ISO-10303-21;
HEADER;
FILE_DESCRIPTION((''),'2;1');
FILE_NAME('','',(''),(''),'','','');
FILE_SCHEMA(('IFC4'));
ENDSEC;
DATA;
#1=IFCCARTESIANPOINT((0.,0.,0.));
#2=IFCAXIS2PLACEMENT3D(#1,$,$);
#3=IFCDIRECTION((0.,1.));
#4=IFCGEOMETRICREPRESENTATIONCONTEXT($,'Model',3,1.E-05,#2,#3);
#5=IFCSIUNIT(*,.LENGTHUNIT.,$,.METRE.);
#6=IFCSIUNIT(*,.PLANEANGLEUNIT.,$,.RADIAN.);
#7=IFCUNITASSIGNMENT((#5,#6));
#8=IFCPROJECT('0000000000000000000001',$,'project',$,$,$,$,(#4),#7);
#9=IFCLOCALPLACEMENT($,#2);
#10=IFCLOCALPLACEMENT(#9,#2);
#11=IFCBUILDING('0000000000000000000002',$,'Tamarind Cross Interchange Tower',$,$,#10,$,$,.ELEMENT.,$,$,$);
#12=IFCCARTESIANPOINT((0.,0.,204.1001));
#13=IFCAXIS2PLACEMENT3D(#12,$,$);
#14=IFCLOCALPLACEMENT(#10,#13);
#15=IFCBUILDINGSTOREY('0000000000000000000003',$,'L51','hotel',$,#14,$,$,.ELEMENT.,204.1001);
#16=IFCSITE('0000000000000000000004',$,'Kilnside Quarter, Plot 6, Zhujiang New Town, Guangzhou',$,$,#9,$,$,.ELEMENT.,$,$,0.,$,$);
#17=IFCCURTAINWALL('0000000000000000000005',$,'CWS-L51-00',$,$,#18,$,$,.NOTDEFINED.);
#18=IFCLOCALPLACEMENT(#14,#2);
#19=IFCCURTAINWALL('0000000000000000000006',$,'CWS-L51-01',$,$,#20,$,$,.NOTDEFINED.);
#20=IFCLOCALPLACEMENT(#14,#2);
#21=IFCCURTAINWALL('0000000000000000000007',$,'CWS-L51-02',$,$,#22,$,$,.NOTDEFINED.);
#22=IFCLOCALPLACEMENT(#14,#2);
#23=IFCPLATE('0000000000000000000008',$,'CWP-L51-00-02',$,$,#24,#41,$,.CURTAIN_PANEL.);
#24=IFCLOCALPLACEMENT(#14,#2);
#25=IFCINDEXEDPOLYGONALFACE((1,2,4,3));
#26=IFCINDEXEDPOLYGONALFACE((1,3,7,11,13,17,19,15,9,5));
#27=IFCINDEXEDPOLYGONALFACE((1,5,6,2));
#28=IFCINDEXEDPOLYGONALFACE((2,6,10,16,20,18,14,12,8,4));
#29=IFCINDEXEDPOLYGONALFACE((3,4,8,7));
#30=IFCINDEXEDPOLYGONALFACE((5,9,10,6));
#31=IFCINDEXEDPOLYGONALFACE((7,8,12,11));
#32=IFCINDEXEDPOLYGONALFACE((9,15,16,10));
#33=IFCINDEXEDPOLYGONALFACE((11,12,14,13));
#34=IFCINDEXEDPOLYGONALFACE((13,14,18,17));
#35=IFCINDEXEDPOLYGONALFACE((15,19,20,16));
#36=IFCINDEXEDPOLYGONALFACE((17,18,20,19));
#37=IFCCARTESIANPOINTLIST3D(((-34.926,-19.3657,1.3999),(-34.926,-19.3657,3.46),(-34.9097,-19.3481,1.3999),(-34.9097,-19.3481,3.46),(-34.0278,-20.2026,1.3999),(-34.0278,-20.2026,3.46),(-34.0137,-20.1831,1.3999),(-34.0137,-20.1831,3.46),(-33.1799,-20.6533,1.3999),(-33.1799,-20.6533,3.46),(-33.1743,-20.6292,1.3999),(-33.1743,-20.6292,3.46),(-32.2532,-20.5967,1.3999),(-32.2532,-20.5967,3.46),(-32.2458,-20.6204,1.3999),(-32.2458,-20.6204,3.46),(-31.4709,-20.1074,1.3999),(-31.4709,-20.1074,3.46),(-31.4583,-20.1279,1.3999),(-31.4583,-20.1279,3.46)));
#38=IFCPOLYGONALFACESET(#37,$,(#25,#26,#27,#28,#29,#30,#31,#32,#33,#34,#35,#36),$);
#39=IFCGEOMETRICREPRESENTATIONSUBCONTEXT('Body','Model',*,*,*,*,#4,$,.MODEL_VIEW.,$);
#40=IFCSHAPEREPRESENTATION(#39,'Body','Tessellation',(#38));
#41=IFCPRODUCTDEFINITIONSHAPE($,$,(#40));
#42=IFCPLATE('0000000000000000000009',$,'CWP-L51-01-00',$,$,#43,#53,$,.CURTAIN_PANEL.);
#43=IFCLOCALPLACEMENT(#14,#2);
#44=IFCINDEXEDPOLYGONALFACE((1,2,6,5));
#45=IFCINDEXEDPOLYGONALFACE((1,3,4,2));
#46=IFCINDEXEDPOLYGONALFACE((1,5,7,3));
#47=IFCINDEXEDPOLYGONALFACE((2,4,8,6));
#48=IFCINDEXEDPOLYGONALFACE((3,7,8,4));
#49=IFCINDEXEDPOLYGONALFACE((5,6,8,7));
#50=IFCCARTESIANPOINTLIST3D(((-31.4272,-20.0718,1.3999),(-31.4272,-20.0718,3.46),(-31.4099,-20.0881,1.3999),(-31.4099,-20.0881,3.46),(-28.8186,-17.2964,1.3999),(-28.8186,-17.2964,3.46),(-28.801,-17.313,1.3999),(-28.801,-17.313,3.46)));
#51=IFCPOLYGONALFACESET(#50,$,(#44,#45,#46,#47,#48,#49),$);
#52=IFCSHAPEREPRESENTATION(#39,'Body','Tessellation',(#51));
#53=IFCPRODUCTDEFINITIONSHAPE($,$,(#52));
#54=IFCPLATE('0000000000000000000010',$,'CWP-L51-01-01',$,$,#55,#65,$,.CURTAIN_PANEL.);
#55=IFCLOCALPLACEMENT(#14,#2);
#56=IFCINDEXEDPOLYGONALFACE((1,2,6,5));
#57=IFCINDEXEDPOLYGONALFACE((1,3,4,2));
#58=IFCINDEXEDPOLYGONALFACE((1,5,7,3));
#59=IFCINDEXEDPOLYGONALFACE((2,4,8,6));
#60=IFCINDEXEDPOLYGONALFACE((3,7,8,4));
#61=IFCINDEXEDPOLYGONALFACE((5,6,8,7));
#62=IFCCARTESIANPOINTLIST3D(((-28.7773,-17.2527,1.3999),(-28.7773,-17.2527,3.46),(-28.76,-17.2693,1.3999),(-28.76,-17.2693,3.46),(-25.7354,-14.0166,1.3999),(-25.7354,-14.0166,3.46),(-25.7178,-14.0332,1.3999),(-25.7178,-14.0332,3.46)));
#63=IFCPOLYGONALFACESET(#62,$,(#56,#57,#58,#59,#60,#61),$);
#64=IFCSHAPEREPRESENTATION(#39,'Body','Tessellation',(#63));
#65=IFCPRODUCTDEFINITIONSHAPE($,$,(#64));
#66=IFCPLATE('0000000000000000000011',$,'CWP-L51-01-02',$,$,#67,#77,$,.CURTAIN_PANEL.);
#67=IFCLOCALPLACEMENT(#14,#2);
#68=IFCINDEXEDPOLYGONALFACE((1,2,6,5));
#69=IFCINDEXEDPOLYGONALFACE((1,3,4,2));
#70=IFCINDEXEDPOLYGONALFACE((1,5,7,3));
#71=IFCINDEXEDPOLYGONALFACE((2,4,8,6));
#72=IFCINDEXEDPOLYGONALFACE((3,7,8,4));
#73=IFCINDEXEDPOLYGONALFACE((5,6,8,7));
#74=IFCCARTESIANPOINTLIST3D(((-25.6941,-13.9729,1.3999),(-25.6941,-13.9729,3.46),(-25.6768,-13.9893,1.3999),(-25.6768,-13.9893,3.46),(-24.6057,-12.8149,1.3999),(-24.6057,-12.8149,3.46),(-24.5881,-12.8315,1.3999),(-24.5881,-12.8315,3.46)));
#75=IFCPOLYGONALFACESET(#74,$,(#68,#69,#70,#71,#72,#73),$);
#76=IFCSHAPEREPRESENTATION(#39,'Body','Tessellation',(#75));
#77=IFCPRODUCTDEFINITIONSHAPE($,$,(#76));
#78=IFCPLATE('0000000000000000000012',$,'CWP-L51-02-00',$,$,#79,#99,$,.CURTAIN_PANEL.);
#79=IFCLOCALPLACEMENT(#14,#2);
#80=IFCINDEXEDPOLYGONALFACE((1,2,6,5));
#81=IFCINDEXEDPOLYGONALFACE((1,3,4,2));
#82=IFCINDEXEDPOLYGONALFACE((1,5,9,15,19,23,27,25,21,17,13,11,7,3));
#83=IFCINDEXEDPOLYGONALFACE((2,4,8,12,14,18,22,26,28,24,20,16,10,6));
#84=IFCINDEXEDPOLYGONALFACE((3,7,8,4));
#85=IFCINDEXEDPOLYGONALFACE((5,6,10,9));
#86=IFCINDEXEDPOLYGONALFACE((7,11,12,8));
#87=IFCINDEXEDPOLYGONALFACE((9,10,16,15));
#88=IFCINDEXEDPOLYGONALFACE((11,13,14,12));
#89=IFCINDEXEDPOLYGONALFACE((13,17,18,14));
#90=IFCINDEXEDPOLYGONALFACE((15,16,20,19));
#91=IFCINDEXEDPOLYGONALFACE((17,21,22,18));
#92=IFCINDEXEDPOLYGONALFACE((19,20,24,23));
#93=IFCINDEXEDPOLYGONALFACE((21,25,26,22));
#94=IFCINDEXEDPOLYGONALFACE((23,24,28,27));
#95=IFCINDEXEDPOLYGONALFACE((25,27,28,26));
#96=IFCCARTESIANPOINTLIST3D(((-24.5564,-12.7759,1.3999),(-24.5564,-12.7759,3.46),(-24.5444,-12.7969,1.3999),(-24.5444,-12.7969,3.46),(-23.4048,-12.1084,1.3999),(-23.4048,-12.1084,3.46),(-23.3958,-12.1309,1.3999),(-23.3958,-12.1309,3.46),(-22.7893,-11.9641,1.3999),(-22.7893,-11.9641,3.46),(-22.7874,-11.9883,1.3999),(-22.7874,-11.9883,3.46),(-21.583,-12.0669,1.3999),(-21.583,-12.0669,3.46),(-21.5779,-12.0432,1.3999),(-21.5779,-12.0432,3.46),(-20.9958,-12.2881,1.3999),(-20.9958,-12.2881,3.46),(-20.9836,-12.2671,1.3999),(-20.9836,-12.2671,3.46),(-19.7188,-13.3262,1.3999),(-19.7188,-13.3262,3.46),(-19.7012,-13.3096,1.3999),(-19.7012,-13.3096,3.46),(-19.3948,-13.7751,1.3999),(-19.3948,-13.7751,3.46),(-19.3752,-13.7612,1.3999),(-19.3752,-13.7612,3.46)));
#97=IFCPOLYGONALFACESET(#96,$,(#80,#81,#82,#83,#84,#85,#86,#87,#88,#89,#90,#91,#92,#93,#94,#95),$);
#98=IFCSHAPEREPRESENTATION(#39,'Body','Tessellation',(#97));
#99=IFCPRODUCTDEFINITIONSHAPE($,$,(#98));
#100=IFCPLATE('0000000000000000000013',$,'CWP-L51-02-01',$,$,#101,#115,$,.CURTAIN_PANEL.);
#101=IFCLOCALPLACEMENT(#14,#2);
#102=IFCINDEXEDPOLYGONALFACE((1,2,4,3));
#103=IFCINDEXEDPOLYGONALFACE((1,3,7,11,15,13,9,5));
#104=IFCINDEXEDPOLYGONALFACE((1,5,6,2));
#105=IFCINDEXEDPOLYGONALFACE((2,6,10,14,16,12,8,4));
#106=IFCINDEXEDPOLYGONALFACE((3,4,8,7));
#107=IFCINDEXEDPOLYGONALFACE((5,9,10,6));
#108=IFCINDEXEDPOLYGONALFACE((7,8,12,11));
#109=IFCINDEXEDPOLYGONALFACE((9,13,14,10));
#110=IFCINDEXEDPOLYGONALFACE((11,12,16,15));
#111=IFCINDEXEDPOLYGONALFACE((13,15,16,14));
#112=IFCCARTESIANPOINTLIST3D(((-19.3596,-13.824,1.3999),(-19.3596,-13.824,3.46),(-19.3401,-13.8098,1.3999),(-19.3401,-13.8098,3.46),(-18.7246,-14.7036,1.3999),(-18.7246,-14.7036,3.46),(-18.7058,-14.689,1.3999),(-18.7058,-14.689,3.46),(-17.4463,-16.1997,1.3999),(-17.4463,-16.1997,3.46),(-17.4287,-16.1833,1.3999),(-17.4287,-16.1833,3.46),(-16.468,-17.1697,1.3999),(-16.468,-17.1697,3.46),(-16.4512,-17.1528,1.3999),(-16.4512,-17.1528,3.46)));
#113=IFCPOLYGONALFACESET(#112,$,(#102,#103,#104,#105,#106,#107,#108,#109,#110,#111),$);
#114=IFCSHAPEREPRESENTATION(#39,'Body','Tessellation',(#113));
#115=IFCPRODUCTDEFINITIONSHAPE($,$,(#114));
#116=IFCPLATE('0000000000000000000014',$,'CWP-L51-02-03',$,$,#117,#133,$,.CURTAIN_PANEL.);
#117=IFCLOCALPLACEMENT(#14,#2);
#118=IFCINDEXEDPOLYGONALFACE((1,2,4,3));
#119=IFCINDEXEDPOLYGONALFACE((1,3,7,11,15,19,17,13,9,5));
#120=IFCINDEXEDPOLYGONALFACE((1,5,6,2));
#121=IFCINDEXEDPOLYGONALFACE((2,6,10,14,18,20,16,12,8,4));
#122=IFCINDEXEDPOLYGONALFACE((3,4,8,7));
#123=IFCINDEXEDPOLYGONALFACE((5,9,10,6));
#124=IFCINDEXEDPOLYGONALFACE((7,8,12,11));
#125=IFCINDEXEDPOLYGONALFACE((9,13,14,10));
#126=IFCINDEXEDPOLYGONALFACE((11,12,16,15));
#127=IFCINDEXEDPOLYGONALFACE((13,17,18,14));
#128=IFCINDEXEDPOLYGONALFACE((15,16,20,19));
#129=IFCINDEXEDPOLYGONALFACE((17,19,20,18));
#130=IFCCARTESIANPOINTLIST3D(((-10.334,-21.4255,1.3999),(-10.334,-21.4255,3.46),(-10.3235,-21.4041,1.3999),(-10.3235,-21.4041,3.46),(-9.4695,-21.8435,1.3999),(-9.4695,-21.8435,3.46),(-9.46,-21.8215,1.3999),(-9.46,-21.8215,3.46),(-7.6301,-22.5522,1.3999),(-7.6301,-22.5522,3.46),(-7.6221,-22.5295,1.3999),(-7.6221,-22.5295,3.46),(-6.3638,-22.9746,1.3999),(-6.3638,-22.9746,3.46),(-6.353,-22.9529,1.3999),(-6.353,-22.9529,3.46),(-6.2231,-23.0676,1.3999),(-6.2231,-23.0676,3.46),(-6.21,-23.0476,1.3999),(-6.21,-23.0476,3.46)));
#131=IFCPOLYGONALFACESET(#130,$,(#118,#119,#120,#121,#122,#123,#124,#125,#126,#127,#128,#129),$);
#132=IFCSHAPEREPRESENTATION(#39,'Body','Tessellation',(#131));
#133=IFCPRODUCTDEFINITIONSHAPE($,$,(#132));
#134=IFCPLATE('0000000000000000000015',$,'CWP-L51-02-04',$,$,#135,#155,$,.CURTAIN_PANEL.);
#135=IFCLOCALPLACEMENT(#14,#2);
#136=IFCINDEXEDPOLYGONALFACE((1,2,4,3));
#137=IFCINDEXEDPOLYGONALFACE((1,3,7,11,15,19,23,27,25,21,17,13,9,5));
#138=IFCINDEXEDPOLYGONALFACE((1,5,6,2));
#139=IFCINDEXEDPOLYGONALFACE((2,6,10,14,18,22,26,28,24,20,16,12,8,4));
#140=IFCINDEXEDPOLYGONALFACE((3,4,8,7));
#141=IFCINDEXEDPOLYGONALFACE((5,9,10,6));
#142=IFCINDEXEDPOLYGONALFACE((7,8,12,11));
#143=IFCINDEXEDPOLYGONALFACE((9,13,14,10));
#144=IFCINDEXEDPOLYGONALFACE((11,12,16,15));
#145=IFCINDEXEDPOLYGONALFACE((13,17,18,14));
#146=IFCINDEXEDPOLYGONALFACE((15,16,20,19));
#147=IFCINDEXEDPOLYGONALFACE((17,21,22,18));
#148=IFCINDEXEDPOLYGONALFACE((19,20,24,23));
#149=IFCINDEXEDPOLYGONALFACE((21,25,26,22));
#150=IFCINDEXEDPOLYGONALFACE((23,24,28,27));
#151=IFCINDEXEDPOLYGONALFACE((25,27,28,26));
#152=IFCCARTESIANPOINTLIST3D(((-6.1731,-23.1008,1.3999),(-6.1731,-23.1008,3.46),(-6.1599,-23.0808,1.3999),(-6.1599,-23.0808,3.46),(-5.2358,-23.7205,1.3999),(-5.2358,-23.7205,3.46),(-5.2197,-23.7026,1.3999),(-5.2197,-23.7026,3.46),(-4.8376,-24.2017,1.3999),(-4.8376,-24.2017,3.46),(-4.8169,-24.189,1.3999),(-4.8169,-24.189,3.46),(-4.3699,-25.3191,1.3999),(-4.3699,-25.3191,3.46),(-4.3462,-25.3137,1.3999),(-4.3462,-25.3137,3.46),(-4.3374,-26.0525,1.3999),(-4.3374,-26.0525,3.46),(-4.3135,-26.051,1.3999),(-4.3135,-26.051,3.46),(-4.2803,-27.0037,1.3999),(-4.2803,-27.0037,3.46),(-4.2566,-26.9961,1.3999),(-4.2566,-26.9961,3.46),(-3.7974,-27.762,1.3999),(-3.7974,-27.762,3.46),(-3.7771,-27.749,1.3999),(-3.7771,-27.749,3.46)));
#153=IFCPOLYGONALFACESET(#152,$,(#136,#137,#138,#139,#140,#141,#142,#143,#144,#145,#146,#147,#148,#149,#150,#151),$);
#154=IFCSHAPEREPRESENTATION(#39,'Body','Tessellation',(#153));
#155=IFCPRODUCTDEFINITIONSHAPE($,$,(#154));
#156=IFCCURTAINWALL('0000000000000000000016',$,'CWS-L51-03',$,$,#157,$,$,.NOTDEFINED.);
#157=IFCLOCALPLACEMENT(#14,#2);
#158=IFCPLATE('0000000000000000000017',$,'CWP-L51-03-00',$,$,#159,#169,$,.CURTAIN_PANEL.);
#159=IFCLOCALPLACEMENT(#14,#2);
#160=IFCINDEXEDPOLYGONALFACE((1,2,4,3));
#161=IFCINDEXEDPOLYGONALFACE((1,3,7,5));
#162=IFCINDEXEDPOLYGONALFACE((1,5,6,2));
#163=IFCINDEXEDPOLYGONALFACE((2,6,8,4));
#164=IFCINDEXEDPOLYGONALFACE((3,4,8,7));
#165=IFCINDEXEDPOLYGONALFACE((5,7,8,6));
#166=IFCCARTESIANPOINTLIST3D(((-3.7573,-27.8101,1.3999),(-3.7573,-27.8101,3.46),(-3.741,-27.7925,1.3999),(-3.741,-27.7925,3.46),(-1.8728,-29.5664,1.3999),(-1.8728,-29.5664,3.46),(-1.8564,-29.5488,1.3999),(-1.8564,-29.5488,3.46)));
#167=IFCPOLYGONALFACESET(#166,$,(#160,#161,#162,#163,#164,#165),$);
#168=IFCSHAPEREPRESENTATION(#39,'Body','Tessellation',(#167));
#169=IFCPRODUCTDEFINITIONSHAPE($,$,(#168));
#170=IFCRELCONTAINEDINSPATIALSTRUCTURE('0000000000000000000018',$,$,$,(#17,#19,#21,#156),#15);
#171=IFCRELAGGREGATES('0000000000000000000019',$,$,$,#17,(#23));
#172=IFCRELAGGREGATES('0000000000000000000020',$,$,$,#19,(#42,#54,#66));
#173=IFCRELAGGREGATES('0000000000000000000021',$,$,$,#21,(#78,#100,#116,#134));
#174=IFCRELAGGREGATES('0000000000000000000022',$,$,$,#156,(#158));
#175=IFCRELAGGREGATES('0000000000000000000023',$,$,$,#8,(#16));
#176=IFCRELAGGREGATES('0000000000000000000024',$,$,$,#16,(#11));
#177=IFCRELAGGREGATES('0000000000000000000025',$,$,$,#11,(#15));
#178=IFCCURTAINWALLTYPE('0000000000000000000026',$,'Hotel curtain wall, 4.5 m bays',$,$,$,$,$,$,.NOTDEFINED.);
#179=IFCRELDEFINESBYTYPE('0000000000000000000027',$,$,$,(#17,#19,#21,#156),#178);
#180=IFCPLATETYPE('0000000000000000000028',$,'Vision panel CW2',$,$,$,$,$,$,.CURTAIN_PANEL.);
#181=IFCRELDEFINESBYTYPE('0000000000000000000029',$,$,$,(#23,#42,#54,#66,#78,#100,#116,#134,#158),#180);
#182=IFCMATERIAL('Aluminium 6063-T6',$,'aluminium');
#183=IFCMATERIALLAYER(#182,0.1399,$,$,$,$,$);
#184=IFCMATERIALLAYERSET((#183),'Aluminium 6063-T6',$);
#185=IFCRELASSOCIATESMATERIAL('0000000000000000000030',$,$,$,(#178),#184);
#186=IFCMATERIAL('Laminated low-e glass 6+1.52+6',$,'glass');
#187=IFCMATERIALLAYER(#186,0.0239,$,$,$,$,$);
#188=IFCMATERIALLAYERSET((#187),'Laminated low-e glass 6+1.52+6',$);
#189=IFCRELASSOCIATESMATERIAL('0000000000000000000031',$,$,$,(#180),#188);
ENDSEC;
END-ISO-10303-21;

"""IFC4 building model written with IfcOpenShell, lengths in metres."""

from ifc_helpers import new_model, si_unit, direction, frame, origin, place, context, subcontext, project, spatial, polyline, outline, extrude, material, layer, layer_set, type_object, element, aggregate, save


model = new_model("IFC4")

# Units and contexts
model_context = context("Model", 3, precision=1e-05, world=origin(), true_north=direction((0.0, 1.0)))
body_context = subcontext(model_context, "Body", "Model", "MODEL_VIEW")
ifc_project = project(units=[si_unit("LENGTHUNIT", "METRE"), si_unit("PLANEANGLEUNIT", "RADIAN")], contexts=[model_context])

# Site, building, storey
site_placement = place(None, origin())
site = spatial("IfcSite", under=ifc_project, at=site_placement, Name="Kilnside Quarter, Plot 6, Zhujiang New Town, Guangzhou", CompositionType="ELEMENT", RefElevation=0.0)
building_placement = place(site_placement, origin())
building = spatial("IfcBuilding", under=site, at=building_placement, Name="Tamarind Cross Interchange Tower", CompositionType="ELEMENT")
storey_placement = place(building_placement, frame((0.0, 0.0, 204.1001)))
storey = spatial("IfcBuildingStorey", under=building, at=storey_placement, Name="L51", Description="hotel", CompositionType="ELEMENT", Elevation=204.1001)

# Curtain walls
ifc_material_1 = material(Name="Aluminium 6063-T6", Category="aluminium")
ifc_layer_1 = layer(ifc_material_1, 0.1399)
ifc_layer_set_1 = layer_set([ifc_layer_1], Name="Aluminium 6063-T6")
curtain_wall_type = type_object("IfcCurtainWallType", Name="Hotel curtain wall, 4.5 m bays", PredefinedType="NOTDEFINED", material=ifc_layer_set_1)
curtain_wall_1_placement = place(storey_placement, origin())
curtain_wall_1 = element("IfcCurtainWall", 1, at=curtain_wall_1_placement, inside=storey, type_object=curtain_wall_type, Name="CWS-L51-00", PredefinedType="NOTDEFINED")
curtain_wall_2_placement = place(storey_placement, origin())
curtain_wall_2 = element("IfcCurtainWall", 2, at=curtain_wall_2_placement, inside=storey, type_object=curtain_wall_type, Name="CWS-L51-01", PredefinedType="NOTDEFINED")

# Curtain wall
curtain_wall_3_placement = place(storey_placement, origin())
curtain_wall_3 = element("IfcCurtainWall", 3, at=curtain_wall_3_placement, inside=storey, type_object=curtain_wall_type, Name="CWS-L51-02", PredefinedType="NOTDEFINED")

# Plates
ifc_material_2 = material(Name="Laminated low-e glass 6+1.52+6", Category="glass")
ifc_layer_2 = layer(ifc_material_2, 0.0239)
ifc_layer_set_2 = layer_set([ifc_layer_2], Name="Laminated low-e glass 6+1.52+6")
plate_type = type_object("IfcPlateType", Name="Vision panel CW2", PredefinedType="CURTAIN_PANEL", material=ifc_layer_set_2)
plate_1_placement = place(storey_placement, frame((0.0, 0.0, 1.3999)))
plate_1 = element("IfcPlate", 4, at=plate_1_placement, type_object=plate_type, Name="CWP-L51-00-02", PredefinedType="CURTAIN_PANEL", context=body_context, shape_type="SweptSolid", body=[
    extrude(outline(polyline([(-34.9097, -19.3481), (-34.0137, -20.1831), (-33.1743, -20.6292), (-32.2532, -20.5967), (-31.4709, -20.1074), (-31.4583, -20.1279), (-32.2458, -20.6204), (-33.1799, -20.6533), (-34.0278, -20.2026), (-34.926, -19.3657), (-34.9097, -19.3481)])), origin(), (0.0, 0.0, 1.0), 2.0601),
])
aggregate(curtain_wall_1, [plate_1])
plate_2_placement = place(storey_placement, frame((0.0, 0.0, 1.3999)))
plate_2 = element("IfcPlate", 5, at=plate_2_placement, type_object=plate_type, Name="CWP-L51-01-00", PredefinedType="CURTAIN_PANEL", context=body_context, shape_type="SweptSolid", body=[
    extrude(outline(polyline([(-31.4272, -20.0718), (-28.8186, -17.2964), (-28.801, -17.313), (-31.4099, -20.0881), (-31.4272, -20.0718)])), origin(), (0.0, 0.0, 1.0), 2.0601),
])
plate_3_placement = place(storey_placement, frame((0.0, 0.0, 1.3999)))
plate_3 = element("IfcPlate", 6, at=plate_3_placement, type_object=plate_type, Name="CWP-L51-01-01", PredefinedType="CURTAIN_PANEL", context=body_context, shape_type="SweptSolid", body=[
    extrude(outline(polyline([(-28.7773, -17.2527), (-25.7354, -14.0166), (-25.7178, -14.0332), (-28.76, -17.2693), (-28.7773, -17.2527)])), origin(), (0.0, 0.0, 1.0), 2.0601),
])
plate_4_placement = place(storey_placement, frame((0.0, 0.0, 1.3999)))
plate_4 = element("IfcPlate", 7, at=plate_4_placement, type_object=plate_type, Name="CWP-L51-01-02", PredefinedType="CURTAIN_PANEL", context=body_context, shape_type="SweptSolid", body=[
    extrude(outline(polyline([(-25.6941, -13.9729), (-24.6057, -12.8149), (-24.5881, -12.8315), (-25.6768, -13.9893), (-25.6941, -13.9729)])), origin(), (0.0, 0.0, 1.0), 2.0601),
])
aggregate(curtain_wall_2, [plate_2, plate_3, plate_4])
plate_5_placement = place(storey_placement, frame((0.0, 0.0, 1.3999)))
plate_5 = element("IfcPlate", 8, at=plate_5_placement, type_object=plate_type, Name="CWP-L51-02-00", PredefinedType="CURTAIN_PANEL", context=body_context, shape_type="SweptSolid", body=[
    extrude(outline(polyline([(-24.5564, -12.7759), (-23.4048, -12.1084), (-22.7893, -11.9641), (-21.5779, -12.0432), (-20.9836, -12.2671), (-19.7012, -13.3096), (-19.3752, -13.7612), (-19.3948, -13.7751), (-19.7188, -13.3262), (-20.9958, -12.2881), (-21.583, -12.0669), (-22.7874, -11.9883), (-23.3958, -12.1309), (-24.5444, -12.7969), (-24.5564, -12.7759)])), origin(), (0.0, 0.0, 1.0), 2.0601),
])
plate_6_placement = place(storey_placement, frame((0.0, 0.0, 1.3999)))
plate_6 = element("IfcPlate", 9, at=plate_6_placement, type_object=plate_type, Name="CWP-L51-02-01", PredefinedType="CURTAIN_PANEL", context=body_context, shape_type="SweptSolid", body=[
    extrude(outline(polyline([(-19.3401, -13.8098), (-18.7058, -14.689), (-17.4287, -16.1833), (-16.4512, -17.1528), (-16.468, -17.1697), (-17.4463, -16.1997), (-18.7246, -14.7036), (-19.3596, -13.824), (-19.3401, -13.8098)])), origin(), (0.0, 0.0, 1.0), 2.0601),
])
plate_7_placement = place(storey_placement, frame((0.0, 0.0, 1.3999)))
plate_7 = element("IfcPlate", 10, at=plate_7_placement, type_object=plate_type, Name="CWP-L51-02-03", PredefinedType="CURTAIN_PANEL", context=body_context, shape_type="SweptSolid", body=[
    extrude(outline(polyline([(-10.3235, -21.4041), (-9.46, -21.8215), (-7.6221, -22.5295), (-6.353, -22.9529), (-6.21, -23.0476), (-6.2231, -23.0676), (-6.3638, -22.9746), (-7.6301, -22.5522), (-9.4695, -21.8435), (-10.334, -21.4255), (-10.3235, -21.4041)])), origin(), (0.0, 0.0, 1.0), 2.0601),
])
plate_8_placement = place(storey_placement, frame((0.0, 0.0, 1.3999)))
plate_8 = element("IfcPlate", 11, at=plate_8_placement, type_object=plate_type, Name="CWP-L51-02-04", PredefinedType="CURTAIN_PANEL", context=body_context, shape_type="SweptSolid", body=[
    extrude(outline(polyline([(-6.1599, -23.0808), (-5.2197, -23.7026), (-4.8169, -24.189), (-4.3462, -25.3137), (-4.3135, -26.051), (-4.2566, -26.9961), (-3.7771, -27.749), (-3.7974, -27.762), (-4.2803, -27.0037), (-4.3374, -26.0525), (-4.3699, -25.3191), (-4.8376, -24.2017), (-5.2358, -23.7205), (-6.1731, -23.1008), (-6.1599, -23.0808)])), origin(), (0.0, 0.0, 1.0), 2.0601),
])
aggregate(curtain_wall_3, [plate_5, plate_6, plate_7, plate_8])

# Curtain wall, plate
curtain_wall_4_placement = place(storey_placement, origin())
curtain_wall_4 = element("IfcCurtainWall", 12, at=curtain_wall_4_placement, inside=storey, type_object=curtain_wall_type, Name="CWS-L51-03", PredefinedType="NOTDEFINED")
plate_9_placement = place(storey_placement, frame((0.0, 0.0, 1.3999)))
plate_9 = element("IfcPlate", 13, at=plate_9_placement, type_object=plate_type, Name="CWP-L51-03-00", PredefinedType="CURTAIN_PANEL", context=body_context, shape_type="SweptSolid", body=[
    extrude(outline(polyline([(-3.741, -27.7925), (-1.8564, -29.5488), (-1.8728, -29.5664), (-3.7573, -27.8101), (-3.741, -27.7925)])), origin(), (0.0, 0.0, 1.0), 2.0601),
])
aggregate(curtain_wall_4, [plate_9])

save(model, "model.ifc")
